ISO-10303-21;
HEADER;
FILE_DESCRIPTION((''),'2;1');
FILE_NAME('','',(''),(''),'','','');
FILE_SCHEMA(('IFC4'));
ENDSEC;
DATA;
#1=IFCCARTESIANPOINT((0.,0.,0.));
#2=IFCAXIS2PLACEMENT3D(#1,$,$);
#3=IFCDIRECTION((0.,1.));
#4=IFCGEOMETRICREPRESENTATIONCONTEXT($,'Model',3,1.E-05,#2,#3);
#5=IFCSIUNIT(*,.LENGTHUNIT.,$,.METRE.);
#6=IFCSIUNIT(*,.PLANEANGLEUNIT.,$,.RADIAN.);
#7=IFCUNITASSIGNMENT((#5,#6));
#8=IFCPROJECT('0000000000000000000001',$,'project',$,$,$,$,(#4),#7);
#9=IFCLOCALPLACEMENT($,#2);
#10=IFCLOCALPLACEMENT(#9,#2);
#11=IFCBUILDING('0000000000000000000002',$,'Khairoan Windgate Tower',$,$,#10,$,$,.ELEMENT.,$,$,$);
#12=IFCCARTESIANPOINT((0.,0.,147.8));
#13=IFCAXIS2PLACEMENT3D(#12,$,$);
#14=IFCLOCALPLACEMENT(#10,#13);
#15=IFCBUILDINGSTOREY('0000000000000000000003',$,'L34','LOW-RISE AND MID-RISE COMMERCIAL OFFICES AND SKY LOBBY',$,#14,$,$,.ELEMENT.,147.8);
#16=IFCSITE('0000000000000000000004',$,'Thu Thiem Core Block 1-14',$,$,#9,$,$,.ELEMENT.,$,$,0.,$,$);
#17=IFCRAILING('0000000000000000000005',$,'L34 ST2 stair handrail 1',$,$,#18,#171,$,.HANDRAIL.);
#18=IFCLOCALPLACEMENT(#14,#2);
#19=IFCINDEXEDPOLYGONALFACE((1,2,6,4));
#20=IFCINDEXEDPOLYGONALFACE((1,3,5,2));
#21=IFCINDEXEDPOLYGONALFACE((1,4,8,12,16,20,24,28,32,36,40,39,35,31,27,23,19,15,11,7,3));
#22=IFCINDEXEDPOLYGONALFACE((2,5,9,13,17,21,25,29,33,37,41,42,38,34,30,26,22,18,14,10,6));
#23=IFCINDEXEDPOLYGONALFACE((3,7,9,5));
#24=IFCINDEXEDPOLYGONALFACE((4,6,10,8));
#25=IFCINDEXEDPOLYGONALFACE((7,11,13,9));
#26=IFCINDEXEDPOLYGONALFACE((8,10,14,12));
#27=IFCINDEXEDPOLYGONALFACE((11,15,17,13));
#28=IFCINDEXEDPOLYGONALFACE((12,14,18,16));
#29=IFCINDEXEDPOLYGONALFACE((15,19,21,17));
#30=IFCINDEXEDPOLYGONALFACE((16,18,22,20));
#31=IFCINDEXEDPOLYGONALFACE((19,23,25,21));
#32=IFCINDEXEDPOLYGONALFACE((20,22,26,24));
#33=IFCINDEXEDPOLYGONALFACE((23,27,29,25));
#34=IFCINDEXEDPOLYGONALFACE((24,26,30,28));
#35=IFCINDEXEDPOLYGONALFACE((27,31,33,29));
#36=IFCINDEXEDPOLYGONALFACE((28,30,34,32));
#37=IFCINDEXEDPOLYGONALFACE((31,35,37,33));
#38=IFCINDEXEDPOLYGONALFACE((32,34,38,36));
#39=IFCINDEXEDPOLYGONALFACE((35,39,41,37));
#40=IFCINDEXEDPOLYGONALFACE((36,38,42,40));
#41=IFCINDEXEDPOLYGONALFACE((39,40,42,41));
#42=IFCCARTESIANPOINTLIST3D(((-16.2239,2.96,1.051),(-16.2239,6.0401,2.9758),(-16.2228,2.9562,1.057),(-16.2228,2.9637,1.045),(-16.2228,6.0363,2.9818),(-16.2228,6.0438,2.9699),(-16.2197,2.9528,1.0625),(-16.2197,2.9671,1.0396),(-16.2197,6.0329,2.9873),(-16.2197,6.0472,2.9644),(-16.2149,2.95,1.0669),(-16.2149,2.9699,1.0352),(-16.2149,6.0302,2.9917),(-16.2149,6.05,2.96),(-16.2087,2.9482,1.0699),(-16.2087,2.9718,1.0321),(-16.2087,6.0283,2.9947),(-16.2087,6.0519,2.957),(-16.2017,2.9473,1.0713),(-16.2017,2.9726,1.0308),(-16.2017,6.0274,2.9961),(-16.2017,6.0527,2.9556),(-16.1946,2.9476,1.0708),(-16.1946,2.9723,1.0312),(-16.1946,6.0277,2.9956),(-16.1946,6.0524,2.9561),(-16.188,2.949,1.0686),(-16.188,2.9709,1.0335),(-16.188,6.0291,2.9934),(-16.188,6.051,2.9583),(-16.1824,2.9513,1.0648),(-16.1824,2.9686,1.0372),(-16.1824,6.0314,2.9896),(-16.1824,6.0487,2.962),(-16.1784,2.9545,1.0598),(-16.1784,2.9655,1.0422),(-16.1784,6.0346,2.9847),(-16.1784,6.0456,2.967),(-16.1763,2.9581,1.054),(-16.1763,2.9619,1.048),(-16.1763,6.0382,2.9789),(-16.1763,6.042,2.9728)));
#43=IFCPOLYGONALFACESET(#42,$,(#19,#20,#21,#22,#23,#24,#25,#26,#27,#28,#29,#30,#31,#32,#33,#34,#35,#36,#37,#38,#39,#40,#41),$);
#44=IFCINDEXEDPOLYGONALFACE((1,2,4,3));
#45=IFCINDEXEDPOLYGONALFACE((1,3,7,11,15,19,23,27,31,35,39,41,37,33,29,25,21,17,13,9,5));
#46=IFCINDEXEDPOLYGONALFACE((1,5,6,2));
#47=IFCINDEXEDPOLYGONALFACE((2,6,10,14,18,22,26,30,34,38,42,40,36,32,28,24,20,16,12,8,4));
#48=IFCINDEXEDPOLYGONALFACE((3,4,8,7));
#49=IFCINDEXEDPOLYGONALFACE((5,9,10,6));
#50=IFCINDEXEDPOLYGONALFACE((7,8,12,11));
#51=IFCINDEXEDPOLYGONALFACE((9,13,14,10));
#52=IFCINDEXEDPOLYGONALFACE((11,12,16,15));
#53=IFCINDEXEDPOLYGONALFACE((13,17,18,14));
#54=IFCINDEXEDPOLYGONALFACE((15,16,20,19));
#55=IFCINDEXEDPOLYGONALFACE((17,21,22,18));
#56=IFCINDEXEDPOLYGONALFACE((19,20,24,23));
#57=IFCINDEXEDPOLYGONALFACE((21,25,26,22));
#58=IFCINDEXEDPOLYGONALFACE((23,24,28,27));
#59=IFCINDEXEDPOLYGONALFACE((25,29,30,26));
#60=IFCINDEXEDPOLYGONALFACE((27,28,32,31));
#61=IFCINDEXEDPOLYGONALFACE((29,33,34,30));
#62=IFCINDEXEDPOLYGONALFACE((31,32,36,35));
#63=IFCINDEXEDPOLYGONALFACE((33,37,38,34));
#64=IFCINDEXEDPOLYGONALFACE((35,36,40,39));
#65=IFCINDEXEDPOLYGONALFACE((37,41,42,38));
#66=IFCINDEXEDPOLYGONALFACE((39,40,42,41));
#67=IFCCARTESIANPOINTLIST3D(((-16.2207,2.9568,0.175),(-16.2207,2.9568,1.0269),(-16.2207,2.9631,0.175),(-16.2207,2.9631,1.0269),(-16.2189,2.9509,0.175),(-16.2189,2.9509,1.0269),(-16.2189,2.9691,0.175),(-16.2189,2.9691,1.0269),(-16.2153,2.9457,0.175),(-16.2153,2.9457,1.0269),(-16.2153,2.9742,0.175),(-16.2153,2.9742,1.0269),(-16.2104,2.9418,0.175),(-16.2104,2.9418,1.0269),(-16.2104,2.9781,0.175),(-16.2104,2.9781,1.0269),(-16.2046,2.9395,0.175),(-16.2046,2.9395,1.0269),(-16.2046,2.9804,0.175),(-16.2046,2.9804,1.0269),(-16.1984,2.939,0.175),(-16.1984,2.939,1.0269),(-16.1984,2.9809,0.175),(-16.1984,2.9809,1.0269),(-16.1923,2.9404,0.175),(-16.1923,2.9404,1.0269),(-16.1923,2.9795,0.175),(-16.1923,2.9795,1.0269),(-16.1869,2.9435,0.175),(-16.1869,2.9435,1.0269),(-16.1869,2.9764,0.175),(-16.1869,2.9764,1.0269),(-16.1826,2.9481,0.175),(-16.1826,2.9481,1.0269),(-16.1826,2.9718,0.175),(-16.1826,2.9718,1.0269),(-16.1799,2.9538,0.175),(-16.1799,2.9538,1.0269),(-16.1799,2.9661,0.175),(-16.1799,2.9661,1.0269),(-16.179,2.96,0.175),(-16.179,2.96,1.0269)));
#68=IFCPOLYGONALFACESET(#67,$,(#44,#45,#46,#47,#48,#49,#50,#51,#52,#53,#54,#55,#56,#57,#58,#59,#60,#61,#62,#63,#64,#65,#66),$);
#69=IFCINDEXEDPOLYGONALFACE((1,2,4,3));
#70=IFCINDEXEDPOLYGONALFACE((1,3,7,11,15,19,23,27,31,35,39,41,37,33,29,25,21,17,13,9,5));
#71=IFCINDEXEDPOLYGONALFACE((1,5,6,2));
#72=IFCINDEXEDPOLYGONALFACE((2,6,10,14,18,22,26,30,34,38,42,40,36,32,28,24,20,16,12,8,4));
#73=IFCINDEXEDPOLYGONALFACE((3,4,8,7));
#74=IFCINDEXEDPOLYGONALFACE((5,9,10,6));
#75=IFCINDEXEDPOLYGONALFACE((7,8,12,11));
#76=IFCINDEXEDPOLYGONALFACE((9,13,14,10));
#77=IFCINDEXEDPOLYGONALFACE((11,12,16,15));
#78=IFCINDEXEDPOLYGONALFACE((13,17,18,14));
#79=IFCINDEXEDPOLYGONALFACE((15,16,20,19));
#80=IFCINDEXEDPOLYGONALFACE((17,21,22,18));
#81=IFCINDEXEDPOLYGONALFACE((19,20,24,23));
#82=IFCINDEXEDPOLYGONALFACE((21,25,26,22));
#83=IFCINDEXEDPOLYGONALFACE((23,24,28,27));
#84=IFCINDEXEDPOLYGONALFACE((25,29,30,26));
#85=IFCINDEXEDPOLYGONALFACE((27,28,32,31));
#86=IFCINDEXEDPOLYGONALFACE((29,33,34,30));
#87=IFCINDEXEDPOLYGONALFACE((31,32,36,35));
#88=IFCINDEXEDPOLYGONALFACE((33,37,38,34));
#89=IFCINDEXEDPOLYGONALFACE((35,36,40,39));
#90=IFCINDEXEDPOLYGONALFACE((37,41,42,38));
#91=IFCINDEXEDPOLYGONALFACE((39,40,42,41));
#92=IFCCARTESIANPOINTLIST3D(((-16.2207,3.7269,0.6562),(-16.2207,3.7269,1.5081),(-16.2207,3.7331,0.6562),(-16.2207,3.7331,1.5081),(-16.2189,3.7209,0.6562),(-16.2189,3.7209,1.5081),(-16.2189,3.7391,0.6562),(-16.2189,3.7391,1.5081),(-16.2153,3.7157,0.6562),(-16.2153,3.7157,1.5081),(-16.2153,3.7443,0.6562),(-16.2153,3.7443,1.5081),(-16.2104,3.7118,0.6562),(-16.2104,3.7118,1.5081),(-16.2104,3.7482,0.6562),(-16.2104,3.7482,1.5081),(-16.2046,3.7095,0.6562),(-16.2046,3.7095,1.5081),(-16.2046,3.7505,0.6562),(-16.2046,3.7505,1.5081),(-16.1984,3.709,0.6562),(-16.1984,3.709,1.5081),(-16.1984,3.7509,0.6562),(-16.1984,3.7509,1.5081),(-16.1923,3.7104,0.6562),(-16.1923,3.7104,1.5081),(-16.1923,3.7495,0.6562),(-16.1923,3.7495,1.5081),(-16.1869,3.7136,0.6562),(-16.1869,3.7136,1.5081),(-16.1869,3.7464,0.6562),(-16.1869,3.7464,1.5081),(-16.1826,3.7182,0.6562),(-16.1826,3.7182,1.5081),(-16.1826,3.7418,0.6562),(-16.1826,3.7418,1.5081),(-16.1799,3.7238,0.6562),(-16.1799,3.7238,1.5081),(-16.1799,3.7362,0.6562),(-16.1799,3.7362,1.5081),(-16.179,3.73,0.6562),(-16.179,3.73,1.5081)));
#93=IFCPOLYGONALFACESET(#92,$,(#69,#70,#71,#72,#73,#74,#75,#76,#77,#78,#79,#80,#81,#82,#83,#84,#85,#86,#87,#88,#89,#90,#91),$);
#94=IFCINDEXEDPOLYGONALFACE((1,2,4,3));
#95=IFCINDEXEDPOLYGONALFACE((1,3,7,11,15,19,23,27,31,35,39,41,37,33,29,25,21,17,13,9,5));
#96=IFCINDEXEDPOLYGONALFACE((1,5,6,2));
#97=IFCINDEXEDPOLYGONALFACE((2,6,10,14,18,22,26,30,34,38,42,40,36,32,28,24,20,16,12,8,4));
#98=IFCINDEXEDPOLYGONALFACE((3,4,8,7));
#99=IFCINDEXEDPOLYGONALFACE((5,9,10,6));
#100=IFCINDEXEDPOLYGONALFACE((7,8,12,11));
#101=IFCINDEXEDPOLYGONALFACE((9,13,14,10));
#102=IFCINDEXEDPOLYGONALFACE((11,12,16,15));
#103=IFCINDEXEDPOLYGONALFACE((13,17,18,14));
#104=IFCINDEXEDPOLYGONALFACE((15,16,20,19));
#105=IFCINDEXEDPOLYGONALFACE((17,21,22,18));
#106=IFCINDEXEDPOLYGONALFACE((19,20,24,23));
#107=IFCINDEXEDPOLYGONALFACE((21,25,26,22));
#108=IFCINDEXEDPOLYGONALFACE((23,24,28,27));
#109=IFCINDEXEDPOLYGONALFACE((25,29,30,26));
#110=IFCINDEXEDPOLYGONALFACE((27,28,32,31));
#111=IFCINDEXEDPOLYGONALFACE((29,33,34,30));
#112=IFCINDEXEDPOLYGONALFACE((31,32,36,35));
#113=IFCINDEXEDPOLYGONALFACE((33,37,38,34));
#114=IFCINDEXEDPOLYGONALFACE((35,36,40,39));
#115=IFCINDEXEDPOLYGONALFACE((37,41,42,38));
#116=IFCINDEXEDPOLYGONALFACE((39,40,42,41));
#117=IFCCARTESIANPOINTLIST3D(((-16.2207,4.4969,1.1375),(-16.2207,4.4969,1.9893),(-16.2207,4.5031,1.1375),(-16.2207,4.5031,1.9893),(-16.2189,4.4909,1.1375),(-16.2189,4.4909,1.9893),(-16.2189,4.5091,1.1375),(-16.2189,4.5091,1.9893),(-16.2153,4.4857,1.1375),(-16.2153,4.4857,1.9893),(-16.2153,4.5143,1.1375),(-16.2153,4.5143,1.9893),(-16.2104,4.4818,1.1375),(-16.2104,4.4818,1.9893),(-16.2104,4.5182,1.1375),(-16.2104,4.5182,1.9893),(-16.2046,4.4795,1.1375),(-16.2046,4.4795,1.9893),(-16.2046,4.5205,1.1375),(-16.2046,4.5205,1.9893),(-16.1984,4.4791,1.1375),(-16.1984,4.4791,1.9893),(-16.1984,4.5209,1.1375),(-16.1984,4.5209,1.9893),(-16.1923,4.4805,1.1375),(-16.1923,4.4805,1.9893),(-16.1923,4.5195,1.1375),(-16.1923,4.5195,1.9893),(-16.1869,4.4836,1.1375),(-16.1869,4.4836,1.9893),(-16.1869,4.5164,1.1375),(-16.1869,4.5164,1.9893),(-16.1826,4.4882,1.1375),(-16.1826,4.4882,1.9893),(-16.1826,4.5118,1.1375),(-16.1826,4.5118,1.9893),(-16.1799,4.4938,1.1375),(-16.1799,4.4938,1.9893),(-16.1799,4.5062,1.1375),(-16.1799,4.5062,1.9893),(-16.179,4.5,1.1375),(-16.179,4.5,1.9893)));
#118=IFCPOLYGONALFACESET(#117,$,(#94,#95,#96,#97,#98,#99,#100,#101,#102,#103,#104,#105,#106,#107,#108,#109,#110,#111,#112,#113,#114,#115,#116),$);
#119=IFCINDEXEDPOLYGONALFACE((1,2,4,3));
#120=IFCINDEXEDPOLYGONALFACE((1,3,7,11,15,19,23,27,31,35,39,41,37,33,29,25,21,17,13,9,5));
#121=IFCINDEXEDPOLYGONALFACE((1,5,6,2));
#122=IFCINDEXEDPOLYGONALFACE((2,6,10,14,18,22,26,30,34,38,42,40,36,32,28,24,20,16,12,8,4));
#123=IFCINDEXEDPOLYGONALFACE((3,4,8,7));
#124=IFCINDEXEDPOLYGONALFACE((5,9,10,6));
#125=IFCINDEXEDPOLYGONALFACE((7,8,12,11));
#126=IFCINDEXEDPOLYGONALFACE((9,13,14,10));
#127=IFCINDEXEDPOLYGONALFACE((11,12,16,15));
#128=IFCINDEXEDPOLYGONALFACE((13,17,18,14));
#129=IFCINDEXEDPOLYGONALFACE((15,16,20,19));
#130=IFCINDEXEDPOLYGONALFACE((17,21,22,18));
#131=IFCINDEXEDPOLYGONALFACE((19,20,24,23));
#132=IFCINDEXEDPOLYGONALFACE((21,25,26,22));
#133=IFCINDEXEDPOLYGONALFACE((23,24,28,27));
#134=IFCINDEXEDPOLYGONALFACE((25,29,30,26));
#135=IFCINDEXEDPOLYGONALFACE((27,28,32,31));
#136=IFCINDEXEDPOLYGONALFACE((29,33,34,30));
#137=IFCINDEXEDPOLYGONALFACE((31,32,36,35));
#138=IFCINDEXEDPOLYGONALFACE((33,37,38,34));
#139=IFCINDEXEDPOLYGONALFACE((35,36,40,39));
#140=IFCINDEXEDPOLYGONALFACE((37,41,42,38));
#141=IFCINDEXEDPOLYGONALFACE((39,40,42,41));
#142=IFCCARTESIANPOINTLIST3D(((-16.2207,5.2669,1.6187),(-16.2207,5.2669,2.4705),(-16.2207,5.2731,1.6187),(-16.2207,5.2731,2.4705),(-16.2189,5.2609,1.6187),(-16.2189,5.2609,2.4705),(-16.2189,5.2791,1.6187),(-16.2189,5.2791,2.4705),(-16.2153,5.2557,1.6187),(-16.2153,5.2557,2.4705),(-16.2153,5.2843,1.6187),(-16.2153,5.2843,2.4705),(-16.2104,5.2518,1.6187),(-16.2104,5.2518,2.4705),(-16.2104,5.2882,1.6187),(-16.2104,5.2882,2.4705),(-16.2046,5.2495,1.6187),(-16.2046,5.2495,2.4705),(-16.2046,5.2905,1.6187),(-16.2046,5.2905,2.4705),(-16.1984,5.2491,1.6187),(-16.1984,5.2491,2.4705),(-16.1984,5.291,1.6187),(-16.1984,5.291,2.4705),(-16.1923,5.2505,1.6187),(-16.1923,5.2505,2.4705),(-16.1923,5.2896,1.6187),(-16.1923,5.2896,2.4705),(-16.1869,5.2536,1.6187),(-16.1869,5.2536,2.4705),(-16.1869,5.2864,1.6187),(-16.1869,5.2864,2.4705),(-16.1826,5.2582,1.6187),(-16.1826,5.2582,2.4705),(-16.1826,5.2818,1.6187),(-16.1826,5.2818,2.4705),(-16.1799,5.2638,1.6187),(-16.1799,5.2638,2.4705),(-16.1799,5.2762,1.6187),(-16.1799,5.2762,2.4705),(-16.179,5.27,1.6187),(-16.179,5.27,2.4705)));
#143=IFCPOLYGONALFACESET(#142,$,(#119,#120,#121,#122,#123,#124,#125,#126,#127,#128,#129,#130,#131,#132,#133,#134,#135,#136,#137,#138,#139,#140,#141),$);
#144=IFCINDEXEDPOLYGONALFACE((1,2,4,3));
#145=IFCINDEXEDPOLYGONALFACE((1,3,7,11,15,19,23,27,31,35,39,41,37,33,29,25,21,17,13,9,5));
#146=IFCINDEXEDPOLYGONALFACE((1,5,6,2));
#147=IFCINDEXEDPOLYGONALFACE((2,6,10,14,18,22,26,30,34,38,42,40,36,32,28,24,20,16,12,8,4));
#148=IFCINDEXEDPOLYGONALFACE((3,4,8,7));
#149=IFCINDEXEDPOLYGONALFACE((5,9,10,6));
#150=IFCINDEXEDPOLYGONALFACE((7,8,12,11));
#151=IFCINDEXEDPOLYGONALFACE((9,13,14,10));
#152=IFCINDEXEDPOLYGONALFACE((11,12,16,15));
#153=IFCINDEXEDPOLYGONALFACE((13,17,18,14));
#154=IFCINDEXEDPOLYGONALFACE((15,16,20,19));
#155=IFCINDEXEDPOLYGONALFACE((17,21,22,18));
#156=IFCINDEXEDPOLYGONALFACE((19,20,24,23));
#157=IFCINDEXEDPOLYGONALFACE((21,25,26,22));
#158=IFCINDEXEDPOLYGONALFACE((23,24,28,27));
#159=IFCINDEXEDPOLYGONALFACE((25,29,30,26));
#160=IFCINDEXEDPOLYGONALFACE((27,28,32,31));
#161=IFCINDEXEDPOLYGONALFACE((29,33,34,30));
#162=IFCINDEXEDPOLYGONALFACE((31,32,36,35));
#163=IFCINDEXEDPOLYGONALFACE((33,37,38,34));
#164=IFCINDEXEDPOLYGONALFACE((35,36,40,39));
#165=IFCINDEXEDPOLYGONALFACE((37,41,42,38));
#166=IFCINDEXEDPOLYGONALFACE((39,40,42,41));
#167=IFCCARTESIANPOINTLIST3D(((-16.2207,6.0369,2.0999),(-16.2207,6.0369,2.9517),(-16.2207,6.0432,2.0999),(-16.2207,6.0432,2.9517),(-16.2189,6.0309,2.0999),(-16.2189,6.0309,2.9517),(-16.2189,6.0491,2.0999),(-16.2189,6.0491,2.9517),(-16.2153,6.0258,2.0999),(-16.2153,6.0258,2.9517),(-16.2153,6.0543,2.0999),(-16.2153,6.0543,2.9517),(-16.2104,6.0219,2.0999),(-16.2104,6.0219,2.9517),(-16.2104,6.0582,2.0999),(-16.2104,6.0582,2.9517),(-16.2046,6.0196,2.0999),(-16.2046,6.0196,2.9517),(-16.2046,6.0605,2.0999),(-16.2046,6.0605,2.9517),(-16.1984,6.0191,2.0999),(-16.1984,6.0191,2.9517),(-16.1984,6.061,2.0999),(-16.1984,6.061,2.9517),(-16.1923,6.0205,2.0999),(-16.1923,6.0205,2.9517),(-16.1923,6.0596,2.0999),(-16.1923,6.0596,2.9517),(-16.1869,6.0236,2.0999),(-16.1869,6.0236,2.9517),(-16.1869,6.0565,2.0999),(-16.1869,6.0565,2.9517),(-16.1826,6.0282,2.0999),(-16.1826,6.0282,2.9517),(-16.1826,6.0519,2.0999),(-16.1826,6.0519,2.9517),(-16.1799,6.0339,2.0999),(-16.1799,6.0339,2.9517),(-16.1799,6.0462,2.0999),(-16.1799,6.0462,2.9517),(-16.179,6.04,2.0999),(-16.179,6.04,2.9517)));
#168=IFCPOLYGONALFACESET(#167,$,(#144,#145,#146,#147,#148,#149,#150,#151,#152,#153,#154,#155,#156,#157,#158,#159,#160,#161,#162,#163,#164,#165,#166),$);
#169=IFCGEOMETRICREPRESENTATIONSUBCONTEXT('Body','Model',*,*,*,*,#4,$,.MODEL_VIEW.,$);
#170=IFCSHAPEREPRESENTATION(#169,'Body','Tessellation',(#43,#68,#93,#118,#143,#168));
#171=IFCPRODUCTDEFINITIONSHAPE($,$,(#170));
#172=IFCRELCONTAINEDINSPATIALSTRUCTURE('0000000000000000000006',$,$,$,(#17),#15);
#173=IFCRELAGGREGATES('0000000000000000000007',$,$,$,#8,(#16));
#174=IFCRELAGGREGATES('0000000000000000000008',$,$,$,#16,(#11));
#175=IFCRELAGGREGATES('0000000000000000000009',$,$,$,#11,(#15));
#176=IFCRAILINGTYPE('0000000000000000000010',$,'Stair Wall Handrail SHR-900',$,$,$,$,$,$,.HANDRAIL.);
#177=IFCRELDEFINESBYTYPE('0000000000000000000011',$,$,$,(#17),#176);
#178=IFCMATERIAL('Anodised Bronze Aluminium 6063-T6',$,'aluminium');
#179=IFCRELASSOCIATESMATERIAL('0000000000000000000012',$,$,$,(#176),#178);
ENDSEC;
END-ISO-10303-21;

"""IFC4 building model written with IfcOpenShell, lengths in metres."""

from ifc_helpers import new_model, si_unit, direction, frame, origin, origin_2d, place, context, subcontext, project, spatial, circle, extrude, material, type_object, element, save


model = new_model("IFC4")

# Units and contexts
model_context = context("Model", 3, precision=1e-05, world=origin(), true_north=direction((0.0, 1.0)))
body_context = subcontext(model_context, "Body", "Model", "MODEL_VIEW")
ifc_project = project(units=[si_unit("LENGTHUNIT", "METRE"), si_unit("PLANEANGLEUNIT", "RADIAN")], contexts=[model_context])

# Site, building, storey
site_placement = place(None, origin())
site = spatial("IfcSite", under=ifc_project, at=site_placement, Name="Thu Thiem Core Block 1-14", CompositionType="ELEMENT", RefElevation=0.0)
building_placement = place(site_placement, origin())
building = spatial("IfcBuilding", under=site, at=building_placement, Name="Khairoan Windgate Tower", CompositionType="ELEMENT")
storey_placement = place(building_placement, frame((0.0, 0.0, 147.8)))
storey = spatial("IfcBuildingStorey", under=building, at=storey_placement, Name="L34", Description="LOW-RISE AND MID-RISE COMMERCIAL OFFICES AND SKY LOBBY", CompositionType="ELEMENT", Elevation=147.8)

# Railing
ifc_material_1 = material(Name="Anodised Bronze Aluminium 6063-T6", Category="aluminium")
railing_type_1 = type_object("IfcRailingType", Name="Stair Wall Handrail SHR-900", PredefinedType="HANDRAIL", material=ifc_material_1)
railing_1_placement = place(storey_placement, frame((-16.2, 2.96, 0.175)))
element("IfcRailing", 1, at=railing_1_placement, inside=storey, type_object=railing_type_1, Name="L34 ST2 stair handrail 1", PredefinedType="HANDRAIL", context=body_context, shape_type="SweptSolid", body=[
    extrude(circle(Radius=0.0239, at=origin_2d()), frame((0.0, 0.0, 0.876), z_axis=(0.0, 0.848029, 0.529951), x_axis=(-1.0, 0.0, 0.0)), (0.0, 0.0, 1.0), 3.6321),
    extrude(circle(Radius=0.021, at=origin_2d()), origin(), (0.0, 0.0, 1.0), 0.8518),
    extrude(circle(Radius=0.021, at=origin_2d()), frame((0.0, 0.77, 0.4812)), (0.0, 0.0, 1.0), 0.8518),
    extrude(circle(Radius=0.021, at=origin_2d()), frame((0.0, 1.54, 0.9624)), (0.0, 0.0, 1.0), 0.8518),
    extrude(circle(Radius=0.021, at=origin_2d()), frame((0.0, 2.3101, 1.4436)), (0.0, 0.0, 1.0), 0.8518),
    extrude(circle(Radius=0.021, at=origin_2d()), frame((0.0, 3.0801, 1.9248)), (0.0, 0.0, 1.0), 0.8518),
])

save(model, "model.ifc")
